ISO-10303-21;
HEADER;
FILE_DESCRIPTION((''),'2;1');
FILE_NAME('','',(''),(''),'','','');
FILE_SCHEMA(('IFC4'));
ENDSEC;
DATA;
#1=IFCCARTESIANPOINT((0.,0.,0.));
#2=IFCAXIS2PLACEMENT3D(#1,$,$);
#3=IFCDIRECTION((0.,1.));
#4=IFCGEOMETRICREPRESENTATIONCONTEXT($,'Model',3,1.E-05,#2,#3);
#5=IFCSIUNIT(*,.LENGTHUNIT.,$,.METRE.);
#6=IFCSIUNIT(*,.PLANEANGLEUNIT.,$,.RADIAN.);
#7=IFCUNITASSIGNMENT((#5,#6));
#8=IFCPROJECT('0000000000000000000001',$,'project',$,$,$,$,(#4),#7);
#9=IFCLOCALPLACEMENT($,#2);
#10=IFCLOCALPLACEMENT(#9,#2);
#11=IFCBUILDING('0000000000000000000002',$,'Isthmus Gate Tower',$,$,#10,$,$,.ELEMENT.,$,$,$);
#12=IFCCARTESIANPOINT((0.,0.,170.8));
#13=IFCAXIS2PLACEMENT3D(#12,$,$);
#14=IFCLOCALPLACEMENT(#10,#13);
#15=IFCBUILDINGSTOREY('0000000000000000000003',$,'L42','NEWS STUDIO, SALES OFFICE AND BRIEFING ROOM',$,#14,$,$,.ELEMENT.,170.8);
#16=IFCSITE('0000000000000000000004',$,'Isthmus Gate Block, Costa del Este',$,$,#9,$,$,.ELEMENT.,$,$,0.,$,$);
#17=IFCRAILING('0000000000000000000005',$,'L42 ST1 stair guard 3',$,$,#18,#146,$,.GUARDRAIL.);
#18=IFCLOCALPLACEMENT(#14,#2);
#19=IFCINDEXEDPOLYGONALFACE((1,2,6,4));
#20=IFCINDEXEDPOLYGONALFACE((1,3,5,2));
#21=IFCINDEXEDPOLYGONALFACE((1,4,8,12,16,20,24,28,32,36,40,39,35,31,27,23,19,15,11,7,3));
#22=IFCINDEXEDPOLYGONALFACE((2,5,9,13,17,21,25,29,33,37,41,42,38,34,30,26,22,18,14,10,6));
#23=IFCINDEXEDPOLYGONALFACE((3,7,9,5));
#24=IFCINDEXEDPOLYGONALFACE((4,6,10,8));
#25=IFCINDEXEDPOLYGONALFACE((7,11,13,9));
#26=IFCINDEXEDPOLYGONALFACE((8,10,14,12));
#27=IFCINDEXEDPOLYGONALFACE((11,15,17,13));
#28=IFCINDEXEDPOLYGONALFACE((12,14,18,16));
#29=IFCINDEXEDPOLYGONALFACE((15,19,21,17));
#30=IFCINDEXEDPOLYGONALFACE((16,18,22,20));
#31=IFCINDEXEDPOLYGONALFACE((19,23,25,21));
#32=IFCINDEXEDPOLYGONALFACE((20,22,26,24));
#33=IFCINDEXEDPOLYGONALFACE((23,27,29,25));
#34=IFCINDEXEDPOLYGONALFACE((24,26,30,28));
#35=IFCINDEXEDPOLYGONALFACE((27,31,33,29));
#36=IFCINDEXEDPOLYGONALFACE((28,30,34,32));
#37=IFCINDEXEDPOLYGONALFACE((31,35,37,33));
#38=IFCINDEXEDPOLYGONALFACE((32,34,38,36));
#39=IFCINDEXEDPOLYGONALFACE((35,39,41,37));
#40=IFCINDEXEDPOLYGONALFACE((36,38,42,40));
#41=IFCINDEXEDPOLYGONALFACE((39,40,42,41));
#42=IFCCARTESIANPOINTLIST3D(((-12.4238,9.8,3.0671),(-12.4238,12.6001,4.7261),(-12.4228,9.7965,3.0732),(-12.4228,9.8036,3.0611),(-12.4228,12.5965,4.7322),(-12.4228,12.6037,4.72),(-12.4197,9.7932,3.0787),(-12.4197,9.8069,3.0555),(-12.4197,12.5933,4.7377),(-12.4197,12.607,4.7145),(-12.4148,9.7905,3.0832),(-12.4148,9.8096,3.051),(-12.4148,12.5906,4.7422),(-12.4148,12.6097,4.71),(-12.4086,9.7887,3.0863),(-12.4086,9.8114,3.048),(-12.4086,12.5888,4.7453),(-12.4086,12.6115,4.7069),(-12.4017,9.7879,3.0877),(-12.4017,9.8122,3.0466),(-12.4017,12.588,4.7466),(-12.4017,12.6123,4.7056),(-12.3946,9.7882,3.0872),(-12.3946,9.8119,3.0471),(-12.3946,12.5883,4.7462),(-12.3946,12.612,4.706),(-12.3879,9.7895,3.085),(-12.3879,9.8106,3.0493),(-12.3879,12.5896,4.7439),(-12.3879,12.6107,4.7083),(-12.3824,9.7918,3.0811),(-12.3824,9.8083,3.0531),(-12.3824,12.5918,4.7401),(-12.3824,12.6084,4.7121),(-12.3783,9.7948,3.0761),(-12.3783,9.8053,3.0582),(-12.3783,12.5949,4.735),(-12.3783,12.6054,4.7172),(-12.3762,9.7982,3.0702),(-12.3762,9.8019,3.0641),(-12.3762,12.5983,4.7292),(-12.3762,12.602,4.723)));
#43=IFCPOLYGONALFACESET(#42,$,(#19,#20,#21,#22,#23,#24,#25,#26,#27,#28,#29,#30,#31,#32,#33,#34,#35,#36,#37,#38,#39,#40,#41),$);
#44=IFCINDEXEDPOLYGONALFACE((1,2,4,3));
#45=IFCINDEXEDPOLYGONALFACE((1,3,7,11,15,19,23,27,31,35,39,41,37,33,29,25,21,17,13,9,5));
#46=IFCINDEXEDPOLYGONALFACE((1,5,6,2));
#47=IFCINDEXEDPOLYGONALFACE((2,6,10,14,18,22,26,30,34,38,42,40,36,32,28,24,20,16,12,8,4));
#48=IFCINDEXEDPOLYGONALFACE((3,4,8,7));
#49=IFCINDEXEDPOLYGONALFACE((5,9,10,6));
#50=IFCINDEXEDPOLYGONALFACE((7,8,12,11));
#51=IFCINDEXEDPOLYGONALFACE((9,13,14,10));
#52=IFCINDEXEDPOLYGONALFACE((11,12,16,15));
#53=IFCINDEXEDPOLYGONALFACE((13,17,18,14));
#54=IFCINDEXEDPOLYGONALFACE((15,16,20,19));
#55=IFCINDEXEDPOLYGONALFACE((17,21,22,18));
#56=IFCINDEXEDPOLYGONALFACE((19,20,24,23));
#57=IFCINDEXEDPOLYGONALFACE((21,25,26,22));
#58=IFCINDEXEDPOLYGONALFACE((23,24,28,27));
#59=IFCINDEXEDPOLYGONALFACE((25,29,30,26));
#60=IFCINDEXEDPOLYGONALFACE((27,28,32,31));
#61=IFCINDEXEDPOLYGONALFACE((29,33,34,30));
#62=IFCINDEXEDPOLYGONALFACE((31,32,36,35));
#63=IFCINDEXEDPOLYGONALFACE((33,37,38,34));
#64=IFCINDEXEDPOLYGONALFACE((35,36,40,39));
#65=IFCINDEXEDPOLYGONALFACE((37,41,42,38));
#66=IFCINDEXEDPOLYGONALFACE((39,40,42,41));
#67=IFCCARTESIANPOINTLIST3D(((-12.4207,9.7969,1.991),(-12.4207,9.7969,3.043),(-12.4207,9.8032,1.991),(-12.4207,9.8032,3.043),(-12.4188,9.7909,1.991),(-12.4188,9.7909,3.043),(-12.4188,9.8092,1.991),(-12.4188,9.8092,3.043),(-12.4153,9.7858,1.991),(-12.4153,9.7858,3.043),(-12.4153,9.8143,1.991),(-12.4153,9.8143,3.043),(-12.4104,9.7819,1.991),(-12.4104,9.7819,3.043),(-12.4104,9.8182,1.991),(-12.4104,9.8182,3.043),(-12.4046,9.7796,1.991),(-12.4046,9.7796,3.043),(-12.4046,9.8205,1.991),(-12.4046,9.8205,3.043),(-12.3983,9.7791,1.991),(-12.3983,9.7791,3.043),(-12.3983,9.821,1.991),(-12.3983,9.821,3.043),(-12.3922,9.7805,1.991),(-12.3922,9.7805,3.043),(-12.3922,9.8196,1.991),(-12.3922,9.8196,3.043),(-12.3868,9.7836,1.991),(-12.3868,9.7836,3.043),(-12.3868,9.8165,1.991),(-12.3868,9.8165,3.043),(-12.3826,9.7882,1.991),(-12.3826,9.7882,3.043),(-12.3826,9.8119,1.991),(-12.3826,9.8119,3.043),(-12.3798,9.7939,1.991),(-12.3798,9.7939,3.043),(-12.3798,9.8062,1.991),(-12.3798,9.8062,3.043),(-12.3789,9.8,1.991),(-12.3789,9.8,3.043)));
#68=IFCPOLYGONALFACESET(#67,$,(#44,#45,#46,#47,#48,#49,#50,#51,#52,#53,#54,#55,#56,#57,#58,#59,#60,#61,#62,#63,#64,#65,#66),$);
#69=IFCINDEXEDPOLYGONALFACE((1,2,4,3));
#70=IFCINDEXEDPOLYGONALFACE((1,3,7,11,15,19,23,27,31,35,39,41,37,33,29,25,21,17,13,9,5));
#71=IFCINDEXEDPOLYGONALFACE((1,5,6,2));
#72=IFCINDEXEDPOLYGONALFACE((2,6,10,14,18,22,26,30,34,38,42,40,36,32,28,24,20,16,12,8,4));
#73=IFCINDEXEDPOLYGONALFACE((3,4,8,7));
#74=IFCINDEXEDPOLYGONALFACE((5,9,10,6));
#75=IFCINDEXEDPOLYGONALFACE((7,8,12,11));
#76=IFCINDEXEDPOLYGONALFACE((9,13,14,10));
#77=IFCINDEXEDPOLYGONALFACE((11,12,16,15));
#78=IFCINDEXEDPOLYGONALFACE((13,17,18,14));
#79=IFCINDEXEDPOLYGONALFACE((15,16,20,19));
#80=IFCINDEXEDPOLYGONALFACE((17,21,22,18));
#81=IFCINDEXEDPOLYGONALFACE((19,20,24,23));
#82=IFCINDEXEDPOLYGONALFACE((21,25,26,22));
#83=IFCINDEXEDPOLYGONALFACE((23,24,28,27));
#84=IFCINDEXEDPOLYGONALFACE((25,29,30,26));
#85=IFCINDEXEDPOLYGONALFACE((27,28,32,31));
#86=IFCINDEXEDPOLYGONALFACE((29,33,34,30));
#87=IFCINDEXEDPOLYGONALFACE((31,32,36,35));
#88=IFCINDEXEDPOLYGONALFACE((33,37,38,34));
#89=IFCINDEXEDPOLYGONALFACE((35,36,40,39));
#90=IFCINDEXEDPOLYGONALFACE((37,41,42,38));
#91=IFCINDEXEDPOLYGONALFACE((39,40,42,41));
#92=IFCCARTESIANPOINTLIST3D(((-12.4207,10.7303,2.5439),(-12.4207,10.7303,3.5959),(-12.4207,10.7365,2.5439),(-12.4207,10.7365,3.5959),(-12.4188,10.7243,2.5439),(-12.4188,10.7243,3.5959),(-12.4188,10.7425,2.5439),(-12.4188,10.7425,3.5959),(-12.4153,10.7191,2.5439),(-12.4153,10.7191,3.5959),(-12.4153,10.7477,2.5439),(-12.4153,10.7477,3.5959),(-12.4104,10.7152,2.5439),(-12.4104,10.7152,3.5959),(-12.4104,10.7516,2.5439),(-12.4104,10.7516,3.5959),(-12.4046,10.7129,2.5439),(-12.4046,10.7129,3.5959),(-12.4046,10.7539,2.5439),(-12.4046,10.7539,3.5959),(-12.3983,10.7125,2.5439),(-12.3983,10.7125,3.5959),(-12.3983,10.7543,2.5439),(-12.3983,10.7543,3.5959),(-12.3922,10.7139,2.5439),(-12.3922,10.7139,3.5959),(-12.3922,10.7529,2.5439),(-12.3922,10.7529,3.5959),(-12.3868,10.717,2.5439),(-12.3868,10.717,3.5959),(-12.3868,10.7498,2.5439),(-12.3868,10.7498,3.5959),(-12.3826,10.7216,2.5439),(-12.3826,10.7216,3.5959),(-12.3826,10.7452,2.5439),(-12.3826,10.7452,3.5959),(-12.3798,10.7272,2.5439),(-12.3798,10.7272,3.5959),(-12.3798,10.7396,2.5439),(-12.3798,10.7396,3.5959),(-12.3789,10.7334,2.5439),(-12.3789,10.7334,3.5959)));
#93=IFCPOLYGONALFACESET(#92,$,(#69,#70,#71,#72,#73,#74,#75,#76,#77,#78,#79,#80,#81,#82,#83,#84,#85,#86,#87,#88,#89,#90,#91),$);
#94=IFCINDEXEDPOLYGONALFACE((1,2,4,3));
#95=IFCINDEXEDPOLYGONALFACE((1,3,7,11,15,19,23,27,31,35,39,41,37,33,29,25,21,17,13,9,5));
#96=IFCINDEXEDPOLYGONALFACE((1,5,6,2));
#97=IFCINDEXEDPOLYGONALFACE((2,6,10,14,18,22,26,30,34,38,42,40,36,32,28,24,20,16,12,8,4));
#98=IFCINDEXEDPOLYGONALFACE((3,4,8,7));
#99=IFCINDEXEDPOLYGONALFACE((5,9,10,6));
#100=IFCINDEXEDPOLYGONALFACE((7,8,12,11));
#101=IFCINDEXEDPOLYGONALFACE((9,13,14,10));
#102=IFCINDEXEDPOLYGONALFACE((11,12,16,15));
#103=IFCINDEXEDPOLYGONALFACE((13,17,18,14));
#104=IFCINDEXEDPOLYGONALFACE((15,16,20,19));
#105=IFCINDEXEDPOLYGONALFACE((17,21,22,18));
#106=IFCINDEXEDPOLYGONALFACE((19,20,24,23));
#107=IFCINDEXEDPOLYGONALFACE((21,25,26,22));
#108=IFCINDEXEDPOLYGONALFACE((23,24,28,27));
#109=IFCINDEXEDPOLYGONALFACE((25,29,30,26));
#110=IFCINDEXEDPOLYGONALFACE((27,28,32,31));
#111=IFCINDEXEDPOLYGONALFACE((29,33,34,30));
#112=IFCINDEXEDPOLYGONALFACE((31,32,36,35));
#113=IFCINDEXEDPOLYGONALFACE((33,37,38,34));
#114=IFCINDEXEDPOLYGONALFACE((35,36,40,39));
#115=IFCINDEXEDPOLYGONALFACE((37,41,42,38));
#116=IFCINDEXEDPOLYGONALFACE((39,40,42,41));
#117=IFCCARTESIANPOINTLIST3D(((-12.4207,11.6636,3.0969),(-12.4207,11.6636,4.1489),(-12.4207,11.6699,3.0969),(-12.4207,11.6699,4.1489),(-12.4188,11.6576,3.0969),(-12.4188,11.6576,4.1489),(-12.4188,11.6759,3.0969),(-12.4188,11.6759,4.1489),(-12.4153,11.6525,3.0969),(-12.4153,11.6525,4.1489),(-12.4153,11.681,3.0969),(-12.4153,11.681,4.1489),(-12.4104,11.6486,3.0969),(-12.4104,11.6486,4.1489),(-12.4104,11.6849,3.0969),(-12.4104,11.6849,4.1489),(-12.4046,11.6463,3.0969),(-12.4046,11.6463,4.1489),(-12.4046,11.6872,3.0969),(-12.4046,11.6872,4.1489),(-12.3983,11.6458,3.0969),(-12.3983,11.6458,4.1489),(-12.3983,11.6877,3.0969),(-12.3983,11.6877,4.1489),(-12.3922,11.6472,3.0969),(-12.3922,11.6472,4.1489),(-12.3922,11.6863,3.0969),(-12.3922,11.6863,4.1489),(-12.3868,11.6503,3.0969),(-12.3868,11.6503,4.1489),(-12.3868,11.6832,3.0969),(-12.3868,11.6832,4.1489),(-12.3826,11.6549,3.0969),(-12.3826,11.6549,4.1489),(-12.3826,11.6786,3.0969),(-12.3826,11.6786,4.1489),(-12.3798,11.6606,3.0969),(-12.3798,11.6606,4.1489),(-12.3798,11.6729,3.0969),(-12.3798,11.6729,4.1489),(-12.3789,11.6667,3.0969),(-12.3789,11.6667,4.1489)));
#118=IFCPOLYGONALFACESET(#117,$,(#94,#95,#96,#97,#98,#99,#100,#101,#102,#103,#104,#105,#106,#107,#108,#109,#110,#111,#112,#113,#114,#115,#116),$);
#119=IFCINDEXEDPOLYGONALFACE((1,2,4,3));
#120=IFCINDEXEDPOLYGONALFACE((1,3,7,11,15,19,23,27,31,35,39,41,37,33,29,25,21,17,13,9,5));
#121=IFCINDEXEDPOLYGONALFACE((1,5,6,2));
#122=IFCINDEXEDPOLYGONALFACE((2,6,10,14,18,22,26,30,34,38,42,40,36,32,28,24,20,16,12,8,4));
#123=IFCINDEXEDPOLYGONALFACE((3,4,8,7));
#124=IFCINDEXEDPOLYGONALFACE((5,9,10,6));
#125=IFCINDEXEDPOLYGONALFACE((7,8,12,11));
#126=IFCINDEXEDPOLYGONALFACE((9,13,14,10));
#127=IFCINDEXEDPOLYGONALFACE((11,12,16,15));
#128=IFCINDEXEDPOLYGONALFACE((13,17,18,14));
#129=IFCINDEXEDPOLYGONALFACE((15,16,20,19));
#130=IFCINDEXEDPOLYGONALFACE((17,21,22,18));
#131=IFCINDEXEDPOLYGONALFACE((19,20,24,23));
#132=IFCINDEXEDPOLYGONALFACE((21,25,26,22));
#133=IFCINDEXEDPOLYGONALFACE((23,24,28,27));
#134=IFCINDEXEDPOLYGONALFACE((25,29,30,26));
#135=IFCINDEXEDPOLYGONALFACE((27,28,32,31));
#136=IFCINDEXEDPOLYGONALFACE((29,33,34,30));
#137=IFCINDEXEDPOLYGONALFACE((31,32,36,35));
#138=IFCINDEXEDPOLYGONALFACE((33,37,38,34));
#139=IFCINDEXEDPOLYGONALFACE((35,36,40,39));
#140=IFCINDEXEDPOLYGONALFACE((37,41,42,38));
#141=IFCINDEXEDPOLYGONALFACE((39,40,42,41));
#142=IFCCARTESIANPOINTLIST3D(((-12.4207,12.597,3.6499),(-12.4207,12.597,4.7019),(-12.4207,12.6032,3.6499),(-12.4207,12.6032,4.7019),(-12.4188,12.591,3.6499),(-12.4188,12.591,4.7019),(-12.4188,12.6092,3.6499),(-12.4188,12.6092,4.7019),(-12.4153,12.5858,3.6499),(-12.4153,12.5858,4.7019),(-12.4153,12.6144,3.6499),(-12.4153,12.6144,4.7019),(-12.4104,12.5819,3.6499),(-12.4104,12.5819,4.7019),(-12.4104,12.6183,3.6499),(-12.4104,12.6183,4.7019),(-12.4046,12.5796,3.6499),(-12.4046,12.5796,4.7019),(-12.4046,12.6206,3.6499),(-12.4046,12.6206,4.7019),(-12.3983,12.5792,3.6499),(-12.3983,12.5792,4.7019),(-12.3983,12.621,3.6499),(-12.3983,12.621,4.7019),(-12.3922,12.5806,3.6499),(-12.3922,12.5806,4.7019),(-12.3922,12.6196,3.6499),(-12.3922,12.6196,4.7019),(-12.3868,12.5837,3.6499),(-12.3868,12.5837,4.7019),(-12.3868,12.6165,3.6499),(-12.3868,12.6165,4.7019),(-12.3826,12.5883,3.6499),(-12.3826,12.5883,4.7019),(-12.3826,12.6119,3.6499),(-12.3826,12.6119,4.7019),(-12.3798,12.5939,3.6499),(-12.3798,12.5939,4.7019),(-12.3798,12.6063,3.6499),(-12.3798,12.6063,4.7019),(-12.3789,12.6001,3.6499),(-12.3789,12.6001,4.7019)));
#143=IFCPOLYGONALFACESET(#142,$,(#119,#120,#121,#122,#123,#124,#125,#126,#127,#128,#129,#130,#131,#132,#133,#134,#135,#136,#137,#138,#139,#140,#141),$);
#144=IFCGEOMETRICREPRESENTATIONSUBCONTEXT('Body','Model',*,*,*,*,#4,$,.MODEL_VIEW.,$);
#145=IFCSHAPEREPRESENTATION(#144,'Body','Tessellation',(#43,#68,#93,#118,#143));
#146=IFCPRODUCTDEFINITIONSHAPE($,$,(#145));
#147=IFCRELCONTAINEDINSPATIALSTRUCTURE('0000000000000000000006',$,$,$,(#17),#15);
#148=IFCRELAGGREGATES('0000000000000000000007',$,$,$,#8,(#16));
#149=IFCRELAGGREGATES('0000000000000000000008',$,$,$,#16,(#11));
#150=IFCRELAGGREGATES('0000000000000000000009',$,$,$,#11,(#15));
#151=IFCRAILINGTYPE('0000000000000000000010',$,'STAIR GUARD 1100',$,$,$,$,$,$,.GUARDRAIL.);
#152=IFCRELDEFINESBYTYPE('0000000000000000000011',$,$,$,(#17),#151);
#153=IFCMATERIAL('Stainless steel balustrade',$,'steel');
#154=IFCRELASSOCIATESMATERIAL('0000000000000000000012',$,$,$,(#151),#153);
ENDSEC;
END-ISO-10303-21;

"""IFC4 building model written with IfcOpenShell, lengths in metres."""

from ifc_helpers import new_model, si_unit, direction, frame, origin, origin_2d, place, context, subcontext, project, spatial, circle, extrude, material, type_object, element, save


model = new_model("IFC4")

# Units and contexts
model_context = context("Model", 3, precision=1e-05, world=origin(), true_north=direction((0.0, 1.0)))
body_context = subcontext(model_context, "Body", "Model", "MODEL_VIEW")
ifc_project = project(units=[si_unit("LENGTHUNIT", "METRE"), si_unit("PLANEANGLEUNIT", "RADIAN")], contexts=[model_context])

# Site, building, storey
site_placement = place(None, origin())
site = spatial("IfcSite", under=ifc_project, at=site_placement, Name="Isthmus Gate Block, Costa del Este", CompositionType="ELEMENT", RefElevation=0.0)
building_placement = place(site_placement, origin())
building = spatial("IfcBuilding", under=site, at=building_placement, Name="Isthmus Gate Tower", CompositionType="ELEMENT")
storey_placement = place(building_placement, frame((0.0, 0.0, 170.8)))
storey = spatial("IfcBuildingStorey", under=building, at=storey_placement, Name="L42", Description="NEWS STUDIO, SALES OFFICE AND BRIEFING ROOM", CompositionType="ELEMENT", Elevation=170.8)

# Railing
ifc_material_1 = material(Name="Stainless steel balustrade", Category="steel")
railing_type_1 = type_object("IfcRailingType", Name="STAIR GUARD 1100", PredefinedType="GUARDRAIL", material=ifc_material_1)
railing_1_placement = place(storey_placement, frame((-12.3999, 9.8, 1.991)))
element("IfcRailing", 1, at=railing_1_placement, inside=storey, type_object=railing_type_1, Name="L42 ST1 stair guard 3", PredefinedType="GUARDRAIL", context=body_context, shape_type="SweptSolid", body=[
    extrude(circle(Radius=0.0239, at=origin_2d()), frame((0.0, 0.0, 1.0762), z_axis=(0.0, 0.860339, 0.509722), x_axis=(-1.0, 0.0, 0.0)), (0.0, 0.0, 1.0), 3.2546),
    extrude(circle(Radius=0.021, at=origin_2d()), origin(), (0.0, 0.0, 1.0), 1.052),
    extrude(circle(Radius=0.021, at=origin_2d()), frame((0.0, 0.9333, 0.553)), (0.0, 0.0, 1.0), 1.052),
    extrude(circle(Radius=0.021, at=origin_2d()), frame((0.0, 1.8667, 1.106)), (0.0, 0.0, 1.0), 1.052),
    extrude(circle(Radius=0.021, at=origin_2d()), frame((0.0, 2.8, 1.6589)), (0.0, 0.0, 1.0), 1.052),
])

save(model, "model.ifc")
